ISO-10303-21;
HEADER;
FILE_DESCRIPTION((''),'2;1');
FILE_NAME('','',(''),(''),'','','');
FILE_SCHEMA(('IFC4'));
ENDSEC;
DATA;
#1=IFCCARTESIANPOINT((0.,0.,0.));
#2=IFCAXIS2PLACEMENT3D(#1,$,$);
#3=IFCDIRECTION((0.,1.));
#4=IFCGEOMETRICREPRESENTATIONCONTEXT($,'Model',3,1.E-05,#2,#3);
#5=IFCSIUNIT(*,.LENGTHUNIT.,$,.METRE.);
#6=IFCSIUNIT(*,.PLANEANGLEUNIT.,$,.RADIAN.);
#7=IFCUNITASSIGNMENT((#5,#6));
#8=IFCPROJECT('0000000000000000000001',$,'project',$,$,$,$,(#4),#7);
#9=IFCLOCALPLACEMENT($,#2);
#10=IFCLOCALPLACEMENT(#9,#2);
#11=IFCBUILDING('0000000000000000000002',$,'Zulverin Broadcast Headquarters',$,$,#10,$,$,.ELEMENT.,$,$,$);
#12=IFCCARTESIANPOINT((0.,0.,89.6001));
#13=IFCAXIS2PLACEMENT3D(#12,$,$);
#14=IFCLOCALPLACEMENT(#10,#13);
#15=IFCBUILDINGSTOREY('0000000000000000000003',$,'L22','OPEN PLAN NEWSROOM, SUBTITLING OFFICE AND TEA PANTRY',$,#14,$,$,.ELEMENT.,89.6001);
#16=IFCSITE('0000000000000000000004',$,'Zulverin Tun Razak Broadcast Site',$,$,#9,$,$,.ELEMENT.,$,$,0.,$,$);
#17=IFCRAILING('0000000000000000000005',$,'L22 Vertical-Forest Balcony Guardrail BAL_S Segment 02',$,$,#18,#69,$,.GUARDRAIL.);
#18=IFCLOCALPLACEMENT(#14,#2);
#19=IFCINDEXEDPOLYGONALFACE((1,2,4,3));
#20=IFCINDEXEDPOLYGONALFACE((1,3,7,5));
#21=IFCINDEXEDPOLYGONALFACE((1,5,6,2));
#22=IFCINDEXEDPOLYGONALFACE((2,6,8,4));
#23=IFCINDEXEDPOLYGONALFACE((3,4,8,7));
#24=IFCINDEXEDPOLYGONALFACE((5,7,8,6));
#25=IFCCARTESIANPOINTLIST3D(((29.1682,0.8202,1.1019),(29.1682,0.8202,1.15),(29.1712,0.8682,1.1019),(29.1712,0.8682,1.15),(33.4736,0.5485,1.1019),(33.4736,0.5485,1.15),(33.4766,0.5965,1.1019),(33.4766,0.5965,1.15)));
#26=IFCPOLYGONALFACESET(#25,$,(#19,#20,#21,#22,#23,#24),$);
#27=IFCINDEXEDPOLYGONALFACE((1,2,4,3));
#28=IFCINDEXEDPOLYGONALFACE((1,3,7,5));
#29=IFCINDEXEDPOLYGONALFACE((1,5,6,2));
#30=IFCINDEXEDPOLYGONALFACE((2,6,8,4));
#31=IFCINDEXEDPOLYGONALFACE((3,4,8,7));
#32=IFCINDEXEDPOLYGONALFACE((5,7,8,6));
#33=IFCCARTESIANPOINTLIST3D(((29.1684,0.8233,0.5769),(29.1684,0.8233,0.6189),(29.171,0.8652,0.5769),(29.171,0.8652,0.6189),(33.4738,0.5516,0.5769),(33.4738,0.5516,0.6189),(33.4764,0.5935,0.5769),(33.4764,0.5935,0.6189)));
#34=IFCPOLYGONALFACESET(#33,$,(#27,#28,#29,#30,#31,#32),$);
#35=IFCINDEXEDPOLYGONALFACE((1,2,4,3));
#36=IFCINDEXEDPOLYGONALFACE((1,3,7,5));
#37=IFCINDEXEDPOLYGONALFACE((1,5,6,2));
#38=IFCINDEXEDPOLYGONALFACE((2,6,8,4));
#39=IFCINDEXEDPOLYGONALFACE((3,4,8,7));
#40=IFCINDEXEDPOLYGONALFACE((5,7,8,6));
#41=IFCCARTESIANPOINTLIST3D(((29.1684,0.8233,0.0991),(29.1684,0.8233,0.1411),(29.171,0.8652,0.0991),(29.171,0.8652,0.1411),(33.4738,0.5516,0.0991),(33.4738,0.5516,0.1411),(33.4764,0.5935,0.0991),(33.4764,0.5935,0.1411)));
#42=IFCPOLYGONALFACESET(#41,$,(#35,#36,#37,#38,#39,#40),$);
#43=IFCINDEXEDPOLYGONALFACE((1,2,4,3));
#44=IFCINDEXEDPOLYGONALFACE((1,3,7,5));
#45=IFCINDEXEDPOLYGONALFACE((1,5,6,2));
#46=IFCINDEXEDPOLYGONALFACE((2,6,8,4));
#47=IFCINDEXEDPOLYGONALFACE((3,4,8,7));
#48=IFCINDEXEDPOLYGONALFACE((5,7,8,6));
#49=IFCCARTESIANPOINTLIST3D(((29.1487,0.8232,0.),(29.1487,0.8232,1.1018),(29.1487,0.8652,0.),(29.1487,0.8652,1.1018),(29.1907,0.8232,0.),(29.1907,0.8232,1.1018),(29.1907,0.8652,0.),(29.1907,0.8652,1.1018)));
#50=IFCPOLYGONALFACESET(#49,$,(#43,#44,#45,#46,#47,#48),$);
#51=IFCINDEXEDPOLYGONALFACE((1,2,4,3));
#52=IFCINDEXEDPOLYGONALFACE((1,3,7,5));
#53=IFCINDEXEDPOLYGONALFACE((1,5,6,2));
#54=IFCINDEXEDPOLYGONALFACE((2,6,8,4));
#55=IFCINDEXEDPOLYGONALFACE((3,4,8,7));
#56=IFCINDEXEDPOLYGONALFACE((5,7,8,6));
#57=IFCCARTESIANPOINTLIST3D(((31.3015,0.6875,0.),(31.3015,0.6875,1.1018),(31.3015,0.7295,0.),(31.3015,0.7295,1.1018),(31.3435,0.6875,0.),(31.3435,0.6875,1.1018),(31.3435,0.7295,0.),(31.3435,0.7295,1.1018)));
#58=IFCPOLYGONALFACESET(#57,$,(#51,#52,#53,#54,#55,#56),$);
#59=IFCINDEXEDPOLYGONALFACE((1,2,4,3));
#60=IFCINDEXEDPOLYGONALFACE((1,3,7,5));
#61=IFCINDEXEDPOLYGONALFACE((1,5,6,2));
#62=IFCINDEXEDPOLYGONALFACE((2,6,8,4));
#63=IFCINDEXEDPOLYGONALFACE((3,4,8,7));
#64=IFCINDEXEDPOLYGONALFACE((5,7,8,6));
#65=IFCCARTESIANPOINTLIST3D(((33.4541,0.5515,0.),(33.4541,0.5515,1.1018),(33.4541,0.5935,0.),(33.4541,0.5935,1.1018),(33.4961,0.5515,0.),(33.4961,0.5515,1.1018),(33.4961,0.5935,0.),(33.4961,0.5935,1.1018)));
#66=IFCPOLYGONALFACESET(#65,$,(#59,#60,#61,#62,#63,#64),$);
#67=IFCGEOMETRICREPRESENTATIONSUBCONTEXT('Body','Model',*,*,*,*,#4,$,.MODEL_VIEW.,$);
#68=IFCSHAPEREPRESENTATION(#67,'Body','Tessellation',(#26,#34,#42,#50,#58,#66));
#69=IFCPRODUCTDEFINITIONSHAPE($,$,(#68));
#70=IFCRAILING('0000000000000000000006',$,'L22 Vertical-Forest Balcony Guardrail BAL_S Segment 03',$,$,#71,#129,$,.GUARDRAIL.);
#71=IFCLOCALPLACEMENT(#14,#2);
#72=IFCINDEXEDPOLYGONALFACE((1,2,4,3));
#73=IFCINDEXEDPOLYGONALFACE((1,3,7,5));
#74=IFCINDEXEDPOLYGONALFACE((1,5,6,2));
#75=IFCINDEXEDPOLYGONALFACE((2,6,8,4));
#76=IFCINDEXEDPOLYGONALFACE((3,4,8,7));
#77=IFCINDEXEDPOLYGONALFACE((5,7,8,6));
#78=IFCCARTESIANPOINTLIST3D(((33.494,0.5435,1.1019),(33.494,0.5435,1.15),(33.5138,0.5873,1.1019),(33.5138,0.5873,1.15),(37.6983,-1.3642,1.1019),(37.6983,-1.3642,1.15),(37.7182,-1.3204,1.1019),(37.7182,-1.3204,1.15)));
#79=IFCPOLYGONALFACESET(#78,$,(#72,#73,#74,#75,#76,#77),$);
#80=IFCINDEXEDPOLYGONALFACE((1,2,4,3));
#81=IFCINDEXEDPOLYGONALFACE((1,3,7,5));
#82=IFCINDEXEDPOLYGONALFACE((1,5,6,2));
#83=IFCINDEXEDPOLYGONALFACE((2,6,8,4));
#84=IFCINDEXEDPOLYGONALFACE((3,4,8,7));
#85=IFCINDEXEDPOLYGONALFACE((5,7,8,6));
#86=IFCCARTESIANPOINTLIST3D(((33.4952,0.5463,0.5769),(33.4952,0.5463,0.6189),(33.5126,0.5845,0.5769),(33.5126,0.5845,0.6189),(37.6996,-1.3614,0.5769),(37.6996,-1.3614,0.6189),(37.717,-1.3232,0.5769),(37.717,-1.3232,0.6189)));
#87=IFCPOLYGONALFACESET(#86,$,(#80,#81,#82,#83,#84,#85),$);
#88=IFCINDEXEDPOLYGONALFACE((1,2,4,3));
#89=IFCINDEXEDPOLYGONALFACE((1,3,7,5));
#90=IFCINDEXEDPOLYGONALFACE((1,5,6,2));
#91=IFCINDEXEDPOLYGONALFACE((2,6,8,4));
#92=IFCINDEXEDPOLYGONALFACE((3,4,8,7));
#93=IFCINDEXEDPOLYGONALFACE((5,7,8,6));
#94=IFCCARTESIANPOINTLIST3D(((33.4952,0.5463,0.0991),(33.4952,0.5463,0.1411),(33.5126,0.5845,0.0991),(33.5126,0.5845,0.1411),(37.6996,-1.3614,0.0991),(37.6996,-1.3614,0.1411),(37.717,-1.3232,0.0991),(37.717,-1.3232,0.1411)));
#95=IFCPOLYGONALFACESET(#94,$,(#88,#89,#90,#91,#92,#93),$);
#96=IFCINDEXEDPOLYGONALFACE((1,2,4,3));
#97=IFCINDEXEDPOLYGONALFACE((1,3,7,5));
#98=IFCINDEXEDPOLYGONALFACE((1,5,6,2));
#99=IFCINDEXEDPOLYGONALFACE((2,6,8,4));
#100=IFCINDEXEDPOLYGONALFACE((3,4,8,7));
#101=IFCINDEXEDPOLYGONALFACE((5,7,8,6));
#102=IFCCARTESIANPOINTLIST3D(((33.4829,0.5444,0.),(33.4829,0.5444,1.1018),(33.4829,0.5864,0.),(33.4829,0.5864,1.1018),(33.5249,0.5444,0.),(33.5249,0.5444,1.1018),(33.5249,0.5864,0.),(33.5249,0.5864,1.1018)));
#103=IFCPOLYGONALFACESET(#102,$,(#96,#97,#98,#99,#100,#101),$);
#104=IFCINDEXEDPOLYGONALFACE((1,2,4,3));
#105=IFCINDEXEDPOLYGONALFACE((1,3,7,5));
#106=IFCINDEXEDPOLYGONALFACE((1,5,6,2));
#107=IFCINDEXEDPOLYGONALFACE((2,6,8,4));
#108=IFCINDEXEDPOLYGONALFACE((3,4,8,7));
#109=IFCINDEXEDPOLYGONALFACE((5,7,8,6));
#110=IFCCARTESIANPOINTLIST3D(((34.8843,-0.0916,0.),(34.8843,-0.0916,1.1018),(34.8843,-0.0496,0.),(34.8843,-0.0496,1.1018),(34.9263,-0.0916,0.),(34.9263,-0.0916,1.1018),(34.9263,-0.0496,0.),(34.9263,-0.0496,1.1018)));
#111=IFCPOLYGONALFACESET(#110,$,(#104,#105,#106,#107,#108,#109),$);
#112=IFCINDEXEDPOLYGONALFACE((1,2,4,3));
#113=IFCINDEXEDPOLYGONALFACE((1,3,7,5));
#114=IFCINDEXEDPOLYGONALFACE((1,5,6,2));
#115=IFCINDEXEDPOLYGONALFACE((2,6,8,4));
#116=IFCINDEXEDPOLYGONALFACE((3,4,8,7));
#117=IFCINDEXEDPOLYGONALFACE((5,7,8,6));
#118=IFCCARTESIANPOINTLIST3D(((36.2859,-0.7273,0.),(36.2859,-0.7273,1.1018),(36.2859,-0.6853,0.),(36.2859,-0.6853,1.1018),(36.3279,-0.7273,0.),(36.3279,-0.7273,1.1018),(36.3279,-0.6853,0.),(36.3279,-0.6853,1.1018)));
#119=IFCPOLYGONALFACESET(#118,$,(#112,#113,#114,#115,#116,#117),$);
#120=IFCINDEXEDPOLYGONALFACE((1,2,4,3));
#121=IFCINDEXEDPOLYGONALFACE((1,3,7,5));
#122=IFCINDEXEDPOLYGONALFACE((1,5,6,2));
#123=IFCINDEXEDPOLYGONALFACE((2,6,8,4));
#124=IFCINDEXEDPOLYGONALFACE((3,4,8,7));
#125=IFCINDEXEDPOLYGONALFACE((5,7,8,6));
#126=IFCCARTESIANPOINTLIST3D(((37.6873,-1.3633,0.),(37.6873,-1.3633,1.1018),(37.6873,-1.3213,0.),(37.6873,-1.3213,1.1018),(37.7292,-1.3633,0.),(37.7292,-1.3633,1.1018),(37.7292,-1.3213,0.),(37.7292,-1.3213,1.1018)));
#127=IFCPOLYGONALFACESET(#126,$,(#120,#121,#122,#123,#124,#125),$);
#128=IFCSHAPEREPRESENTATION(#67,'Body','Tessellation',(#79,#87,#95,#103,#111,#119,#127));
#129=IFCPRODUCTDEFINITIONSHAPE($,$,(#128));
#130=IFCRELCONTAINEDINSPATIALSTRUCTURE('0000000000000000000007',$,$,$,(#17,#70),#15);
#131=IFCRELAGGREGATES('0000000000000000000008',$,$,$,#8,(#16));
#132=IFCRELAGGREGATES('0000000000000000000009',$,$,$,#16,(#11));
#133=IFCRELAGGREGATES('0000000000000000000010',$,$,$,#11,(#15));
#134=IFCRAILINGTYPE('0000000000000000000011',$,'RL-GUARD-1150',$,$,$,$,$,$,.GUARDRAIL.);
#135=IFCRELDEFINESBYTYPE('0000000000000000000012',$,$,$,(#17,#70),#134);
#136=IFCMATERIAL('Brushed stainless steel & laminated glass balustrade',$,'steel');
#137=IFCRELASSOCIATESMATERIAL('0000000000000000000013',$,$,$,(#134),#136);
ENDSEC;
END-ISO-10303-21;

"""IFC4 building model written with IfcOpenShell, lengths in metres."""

from ifc_helpers import new_model, si_unit, direction, frame, origin, origin_2d, place, context, subcontext, project, spatial, rectangle, extrude, material, type_object, element, save


model = new_model("IFC4")

# Units and contexts
model_context = context("Model", 3, precision=1e-05, world=origin(), true_north=direction((0.0, 1.0)))
body_context = subcontext(model_context, "Body", "Model", "MODEL_VIEW")
ifc_project = project(units=[si_unit("LENGTHUNIT", "METRE"), si_unit("PLANEANGLEUNIT", "RADIAN")], contexts=[model_context])

# Site, building, storey
site_placement = place(None, origin())
site = spatial("IfcSite", under=ifc_project, at=site_placement, Name="Zulverin Tun Razak Broadcast Site", CompositionType="ELEMENT", RefElevation=0.0)
building_placement = place(site_placement, origin())
building = spatial("IfcBuilding", under=site, at=building_placement, Name="Zulverin Broadcast Headquarters", CompositionType="ELEMENT")
storey_placement = place(building_placement, frame((0.0, 0.0, 89.6001)))
storey = spatial("IfcBuildingStorey", under=building, at=storey_placement, Name="L22", Description="OPEN PLAN NEWSROOM, SUBTITLING OFFICE AND TEA PANTRY", CompositionType="ELEMENT", Elevation=89.6001)

# Railings
ifc_material_1 = material(Name="Brushed stainless steel & laminated glass balustrade", Category="steel")
railing_type = type_object("IfcRailingType", Name="RL-GUARD-1150", PredefinedType="GUARDRAIL", material=ifc_material_1)
railing_1_placement = place(storey_placement, frame((29.1697, 0.8442, 0.0)))
element("IfcRailing", 1, at=railing_1_placement, inside=storey, type_object=railing_type, Name="L22 Vertical-Forest Balcony Guardrail BAL_S Segment 02", PredefinedType="GUARDRAIL", context=body_context, shape_type="SweptSolid", body=[
    extrude(rectangle(XDim=0.0481, YDim=0.0481, at=origin_2d()), frame((0.0, 0.0, 1.126), z_axis=(0.998014, -0.062988, 0.0), x_axis=(0.062988, 0.998014, 0.0)), (0.0, 0.0, 1.0), 4.314),
    extrude(rectangle(XDim=0.042, YDim=0.042, at=origin_2d()), frame((0.0, 0.0, 0.5979), z_axis=(0.998014, -0.062988, 0.0), x_axis=(0.062988, 0.998014, 0.0)), (0.0, 0.0, 1.0), 4.314),
    extrude(rectangle(XDim=0.042, YDim=0.042, at=origin_2d()), frame((0.0, 0.0, 0.1201), z_axis=(0.998014, -0.062988, 0.0), x_axis=(0.062988, 0.998014, 0.0)), (0.0, 0.0, 1.0), 4.314),
    extrude(rectangle(XDim=0.042, YDim=0.042, at=origin_2d()), origin(), (0.0, 0.0, 1.0), 1.1018),
    extrude(rectangle(XDim=0.042, YDim=0.042, at=origin_2d()), frame((2.1528, -0.1357, 0.0)), (0.0, 0.0, 1.0), 1.1018),
    extrude(rectangle(XDim=0.042, YDim=0.042, at=origin_2d()), frame((4.3054, -0.2717, 0.0)), (0.0, 0.0, 1.0), 1.1018),
])
railing_2_placement = place(storey_placement, frame((33.5039, 0.5654, 0.0)))
element("IfcRailing", 2, at=railing_2_placement, inside=storey, type_object=railing_type, Name="L22 Vertical-Forest Balcony Guardrail BAL_S Segment 03", PredefinedType="GUARDRAIL", context=body_context, shape_type="SweptSolid", body=[
    extrude(rectangle(XDim=0.0481, YDim=0.0481, at=origin_2d()), frame((0.0, 0.0, 1.126), z_axis=(0.91064, -0.413201, 0.0), x_axis=(0.413201, 0.91064, 0.0)), (0.0, 0.0, 1.0), 4.6169),
    extrude(rectangle(XDim=0.042, YDim=0.042, at=origin_2d()), frame((0.0, 0.0, 0.5979), z_axis=(0.91064, -0.413201, 0.0), x_axis=(0.413201, 0.91064, 0.0)), (0.0, 0.0, 1.0), 4.6169),
    extrude(rectangle(XDim=0.042, YDim=0.042, at=origin_2d()), frame((0.0, 0.0, 0.1201), z_axis=(0.91064, -0.413201, 0.0), x_axis=(0.413201, 0.91064, 0.0)), (0.0, 0.0, 1.0), 4.6169),
    extrude(rectangle(XDim=0.042, YDim=0.042, at=origin_2d()), origin(), (0.0, 0.0, 1.0), 1.1018),
    extrude(rectangle(XDim=0.042, YDim=0.042, at=origin_2d()), frame((1.4014, -0.636, 0.0)), (0.0, 0.0, 1.0), 1.1018),
    extrude(rectangle(XDim=0.042, YDim=0.042, at=origin_2d()), frame((2.803, -1.2717, 0.0)), (0.0, 0.0, 1.0), 1.1018),
    extrude(rectangle(XDim=0.042, YDim=0.042, at=origin_2d()), frame((4.2043, -1.9077, 0.0)), (0.0, 0.0, 1.0), 1.1018),
])

save(model, "model.ifc")
